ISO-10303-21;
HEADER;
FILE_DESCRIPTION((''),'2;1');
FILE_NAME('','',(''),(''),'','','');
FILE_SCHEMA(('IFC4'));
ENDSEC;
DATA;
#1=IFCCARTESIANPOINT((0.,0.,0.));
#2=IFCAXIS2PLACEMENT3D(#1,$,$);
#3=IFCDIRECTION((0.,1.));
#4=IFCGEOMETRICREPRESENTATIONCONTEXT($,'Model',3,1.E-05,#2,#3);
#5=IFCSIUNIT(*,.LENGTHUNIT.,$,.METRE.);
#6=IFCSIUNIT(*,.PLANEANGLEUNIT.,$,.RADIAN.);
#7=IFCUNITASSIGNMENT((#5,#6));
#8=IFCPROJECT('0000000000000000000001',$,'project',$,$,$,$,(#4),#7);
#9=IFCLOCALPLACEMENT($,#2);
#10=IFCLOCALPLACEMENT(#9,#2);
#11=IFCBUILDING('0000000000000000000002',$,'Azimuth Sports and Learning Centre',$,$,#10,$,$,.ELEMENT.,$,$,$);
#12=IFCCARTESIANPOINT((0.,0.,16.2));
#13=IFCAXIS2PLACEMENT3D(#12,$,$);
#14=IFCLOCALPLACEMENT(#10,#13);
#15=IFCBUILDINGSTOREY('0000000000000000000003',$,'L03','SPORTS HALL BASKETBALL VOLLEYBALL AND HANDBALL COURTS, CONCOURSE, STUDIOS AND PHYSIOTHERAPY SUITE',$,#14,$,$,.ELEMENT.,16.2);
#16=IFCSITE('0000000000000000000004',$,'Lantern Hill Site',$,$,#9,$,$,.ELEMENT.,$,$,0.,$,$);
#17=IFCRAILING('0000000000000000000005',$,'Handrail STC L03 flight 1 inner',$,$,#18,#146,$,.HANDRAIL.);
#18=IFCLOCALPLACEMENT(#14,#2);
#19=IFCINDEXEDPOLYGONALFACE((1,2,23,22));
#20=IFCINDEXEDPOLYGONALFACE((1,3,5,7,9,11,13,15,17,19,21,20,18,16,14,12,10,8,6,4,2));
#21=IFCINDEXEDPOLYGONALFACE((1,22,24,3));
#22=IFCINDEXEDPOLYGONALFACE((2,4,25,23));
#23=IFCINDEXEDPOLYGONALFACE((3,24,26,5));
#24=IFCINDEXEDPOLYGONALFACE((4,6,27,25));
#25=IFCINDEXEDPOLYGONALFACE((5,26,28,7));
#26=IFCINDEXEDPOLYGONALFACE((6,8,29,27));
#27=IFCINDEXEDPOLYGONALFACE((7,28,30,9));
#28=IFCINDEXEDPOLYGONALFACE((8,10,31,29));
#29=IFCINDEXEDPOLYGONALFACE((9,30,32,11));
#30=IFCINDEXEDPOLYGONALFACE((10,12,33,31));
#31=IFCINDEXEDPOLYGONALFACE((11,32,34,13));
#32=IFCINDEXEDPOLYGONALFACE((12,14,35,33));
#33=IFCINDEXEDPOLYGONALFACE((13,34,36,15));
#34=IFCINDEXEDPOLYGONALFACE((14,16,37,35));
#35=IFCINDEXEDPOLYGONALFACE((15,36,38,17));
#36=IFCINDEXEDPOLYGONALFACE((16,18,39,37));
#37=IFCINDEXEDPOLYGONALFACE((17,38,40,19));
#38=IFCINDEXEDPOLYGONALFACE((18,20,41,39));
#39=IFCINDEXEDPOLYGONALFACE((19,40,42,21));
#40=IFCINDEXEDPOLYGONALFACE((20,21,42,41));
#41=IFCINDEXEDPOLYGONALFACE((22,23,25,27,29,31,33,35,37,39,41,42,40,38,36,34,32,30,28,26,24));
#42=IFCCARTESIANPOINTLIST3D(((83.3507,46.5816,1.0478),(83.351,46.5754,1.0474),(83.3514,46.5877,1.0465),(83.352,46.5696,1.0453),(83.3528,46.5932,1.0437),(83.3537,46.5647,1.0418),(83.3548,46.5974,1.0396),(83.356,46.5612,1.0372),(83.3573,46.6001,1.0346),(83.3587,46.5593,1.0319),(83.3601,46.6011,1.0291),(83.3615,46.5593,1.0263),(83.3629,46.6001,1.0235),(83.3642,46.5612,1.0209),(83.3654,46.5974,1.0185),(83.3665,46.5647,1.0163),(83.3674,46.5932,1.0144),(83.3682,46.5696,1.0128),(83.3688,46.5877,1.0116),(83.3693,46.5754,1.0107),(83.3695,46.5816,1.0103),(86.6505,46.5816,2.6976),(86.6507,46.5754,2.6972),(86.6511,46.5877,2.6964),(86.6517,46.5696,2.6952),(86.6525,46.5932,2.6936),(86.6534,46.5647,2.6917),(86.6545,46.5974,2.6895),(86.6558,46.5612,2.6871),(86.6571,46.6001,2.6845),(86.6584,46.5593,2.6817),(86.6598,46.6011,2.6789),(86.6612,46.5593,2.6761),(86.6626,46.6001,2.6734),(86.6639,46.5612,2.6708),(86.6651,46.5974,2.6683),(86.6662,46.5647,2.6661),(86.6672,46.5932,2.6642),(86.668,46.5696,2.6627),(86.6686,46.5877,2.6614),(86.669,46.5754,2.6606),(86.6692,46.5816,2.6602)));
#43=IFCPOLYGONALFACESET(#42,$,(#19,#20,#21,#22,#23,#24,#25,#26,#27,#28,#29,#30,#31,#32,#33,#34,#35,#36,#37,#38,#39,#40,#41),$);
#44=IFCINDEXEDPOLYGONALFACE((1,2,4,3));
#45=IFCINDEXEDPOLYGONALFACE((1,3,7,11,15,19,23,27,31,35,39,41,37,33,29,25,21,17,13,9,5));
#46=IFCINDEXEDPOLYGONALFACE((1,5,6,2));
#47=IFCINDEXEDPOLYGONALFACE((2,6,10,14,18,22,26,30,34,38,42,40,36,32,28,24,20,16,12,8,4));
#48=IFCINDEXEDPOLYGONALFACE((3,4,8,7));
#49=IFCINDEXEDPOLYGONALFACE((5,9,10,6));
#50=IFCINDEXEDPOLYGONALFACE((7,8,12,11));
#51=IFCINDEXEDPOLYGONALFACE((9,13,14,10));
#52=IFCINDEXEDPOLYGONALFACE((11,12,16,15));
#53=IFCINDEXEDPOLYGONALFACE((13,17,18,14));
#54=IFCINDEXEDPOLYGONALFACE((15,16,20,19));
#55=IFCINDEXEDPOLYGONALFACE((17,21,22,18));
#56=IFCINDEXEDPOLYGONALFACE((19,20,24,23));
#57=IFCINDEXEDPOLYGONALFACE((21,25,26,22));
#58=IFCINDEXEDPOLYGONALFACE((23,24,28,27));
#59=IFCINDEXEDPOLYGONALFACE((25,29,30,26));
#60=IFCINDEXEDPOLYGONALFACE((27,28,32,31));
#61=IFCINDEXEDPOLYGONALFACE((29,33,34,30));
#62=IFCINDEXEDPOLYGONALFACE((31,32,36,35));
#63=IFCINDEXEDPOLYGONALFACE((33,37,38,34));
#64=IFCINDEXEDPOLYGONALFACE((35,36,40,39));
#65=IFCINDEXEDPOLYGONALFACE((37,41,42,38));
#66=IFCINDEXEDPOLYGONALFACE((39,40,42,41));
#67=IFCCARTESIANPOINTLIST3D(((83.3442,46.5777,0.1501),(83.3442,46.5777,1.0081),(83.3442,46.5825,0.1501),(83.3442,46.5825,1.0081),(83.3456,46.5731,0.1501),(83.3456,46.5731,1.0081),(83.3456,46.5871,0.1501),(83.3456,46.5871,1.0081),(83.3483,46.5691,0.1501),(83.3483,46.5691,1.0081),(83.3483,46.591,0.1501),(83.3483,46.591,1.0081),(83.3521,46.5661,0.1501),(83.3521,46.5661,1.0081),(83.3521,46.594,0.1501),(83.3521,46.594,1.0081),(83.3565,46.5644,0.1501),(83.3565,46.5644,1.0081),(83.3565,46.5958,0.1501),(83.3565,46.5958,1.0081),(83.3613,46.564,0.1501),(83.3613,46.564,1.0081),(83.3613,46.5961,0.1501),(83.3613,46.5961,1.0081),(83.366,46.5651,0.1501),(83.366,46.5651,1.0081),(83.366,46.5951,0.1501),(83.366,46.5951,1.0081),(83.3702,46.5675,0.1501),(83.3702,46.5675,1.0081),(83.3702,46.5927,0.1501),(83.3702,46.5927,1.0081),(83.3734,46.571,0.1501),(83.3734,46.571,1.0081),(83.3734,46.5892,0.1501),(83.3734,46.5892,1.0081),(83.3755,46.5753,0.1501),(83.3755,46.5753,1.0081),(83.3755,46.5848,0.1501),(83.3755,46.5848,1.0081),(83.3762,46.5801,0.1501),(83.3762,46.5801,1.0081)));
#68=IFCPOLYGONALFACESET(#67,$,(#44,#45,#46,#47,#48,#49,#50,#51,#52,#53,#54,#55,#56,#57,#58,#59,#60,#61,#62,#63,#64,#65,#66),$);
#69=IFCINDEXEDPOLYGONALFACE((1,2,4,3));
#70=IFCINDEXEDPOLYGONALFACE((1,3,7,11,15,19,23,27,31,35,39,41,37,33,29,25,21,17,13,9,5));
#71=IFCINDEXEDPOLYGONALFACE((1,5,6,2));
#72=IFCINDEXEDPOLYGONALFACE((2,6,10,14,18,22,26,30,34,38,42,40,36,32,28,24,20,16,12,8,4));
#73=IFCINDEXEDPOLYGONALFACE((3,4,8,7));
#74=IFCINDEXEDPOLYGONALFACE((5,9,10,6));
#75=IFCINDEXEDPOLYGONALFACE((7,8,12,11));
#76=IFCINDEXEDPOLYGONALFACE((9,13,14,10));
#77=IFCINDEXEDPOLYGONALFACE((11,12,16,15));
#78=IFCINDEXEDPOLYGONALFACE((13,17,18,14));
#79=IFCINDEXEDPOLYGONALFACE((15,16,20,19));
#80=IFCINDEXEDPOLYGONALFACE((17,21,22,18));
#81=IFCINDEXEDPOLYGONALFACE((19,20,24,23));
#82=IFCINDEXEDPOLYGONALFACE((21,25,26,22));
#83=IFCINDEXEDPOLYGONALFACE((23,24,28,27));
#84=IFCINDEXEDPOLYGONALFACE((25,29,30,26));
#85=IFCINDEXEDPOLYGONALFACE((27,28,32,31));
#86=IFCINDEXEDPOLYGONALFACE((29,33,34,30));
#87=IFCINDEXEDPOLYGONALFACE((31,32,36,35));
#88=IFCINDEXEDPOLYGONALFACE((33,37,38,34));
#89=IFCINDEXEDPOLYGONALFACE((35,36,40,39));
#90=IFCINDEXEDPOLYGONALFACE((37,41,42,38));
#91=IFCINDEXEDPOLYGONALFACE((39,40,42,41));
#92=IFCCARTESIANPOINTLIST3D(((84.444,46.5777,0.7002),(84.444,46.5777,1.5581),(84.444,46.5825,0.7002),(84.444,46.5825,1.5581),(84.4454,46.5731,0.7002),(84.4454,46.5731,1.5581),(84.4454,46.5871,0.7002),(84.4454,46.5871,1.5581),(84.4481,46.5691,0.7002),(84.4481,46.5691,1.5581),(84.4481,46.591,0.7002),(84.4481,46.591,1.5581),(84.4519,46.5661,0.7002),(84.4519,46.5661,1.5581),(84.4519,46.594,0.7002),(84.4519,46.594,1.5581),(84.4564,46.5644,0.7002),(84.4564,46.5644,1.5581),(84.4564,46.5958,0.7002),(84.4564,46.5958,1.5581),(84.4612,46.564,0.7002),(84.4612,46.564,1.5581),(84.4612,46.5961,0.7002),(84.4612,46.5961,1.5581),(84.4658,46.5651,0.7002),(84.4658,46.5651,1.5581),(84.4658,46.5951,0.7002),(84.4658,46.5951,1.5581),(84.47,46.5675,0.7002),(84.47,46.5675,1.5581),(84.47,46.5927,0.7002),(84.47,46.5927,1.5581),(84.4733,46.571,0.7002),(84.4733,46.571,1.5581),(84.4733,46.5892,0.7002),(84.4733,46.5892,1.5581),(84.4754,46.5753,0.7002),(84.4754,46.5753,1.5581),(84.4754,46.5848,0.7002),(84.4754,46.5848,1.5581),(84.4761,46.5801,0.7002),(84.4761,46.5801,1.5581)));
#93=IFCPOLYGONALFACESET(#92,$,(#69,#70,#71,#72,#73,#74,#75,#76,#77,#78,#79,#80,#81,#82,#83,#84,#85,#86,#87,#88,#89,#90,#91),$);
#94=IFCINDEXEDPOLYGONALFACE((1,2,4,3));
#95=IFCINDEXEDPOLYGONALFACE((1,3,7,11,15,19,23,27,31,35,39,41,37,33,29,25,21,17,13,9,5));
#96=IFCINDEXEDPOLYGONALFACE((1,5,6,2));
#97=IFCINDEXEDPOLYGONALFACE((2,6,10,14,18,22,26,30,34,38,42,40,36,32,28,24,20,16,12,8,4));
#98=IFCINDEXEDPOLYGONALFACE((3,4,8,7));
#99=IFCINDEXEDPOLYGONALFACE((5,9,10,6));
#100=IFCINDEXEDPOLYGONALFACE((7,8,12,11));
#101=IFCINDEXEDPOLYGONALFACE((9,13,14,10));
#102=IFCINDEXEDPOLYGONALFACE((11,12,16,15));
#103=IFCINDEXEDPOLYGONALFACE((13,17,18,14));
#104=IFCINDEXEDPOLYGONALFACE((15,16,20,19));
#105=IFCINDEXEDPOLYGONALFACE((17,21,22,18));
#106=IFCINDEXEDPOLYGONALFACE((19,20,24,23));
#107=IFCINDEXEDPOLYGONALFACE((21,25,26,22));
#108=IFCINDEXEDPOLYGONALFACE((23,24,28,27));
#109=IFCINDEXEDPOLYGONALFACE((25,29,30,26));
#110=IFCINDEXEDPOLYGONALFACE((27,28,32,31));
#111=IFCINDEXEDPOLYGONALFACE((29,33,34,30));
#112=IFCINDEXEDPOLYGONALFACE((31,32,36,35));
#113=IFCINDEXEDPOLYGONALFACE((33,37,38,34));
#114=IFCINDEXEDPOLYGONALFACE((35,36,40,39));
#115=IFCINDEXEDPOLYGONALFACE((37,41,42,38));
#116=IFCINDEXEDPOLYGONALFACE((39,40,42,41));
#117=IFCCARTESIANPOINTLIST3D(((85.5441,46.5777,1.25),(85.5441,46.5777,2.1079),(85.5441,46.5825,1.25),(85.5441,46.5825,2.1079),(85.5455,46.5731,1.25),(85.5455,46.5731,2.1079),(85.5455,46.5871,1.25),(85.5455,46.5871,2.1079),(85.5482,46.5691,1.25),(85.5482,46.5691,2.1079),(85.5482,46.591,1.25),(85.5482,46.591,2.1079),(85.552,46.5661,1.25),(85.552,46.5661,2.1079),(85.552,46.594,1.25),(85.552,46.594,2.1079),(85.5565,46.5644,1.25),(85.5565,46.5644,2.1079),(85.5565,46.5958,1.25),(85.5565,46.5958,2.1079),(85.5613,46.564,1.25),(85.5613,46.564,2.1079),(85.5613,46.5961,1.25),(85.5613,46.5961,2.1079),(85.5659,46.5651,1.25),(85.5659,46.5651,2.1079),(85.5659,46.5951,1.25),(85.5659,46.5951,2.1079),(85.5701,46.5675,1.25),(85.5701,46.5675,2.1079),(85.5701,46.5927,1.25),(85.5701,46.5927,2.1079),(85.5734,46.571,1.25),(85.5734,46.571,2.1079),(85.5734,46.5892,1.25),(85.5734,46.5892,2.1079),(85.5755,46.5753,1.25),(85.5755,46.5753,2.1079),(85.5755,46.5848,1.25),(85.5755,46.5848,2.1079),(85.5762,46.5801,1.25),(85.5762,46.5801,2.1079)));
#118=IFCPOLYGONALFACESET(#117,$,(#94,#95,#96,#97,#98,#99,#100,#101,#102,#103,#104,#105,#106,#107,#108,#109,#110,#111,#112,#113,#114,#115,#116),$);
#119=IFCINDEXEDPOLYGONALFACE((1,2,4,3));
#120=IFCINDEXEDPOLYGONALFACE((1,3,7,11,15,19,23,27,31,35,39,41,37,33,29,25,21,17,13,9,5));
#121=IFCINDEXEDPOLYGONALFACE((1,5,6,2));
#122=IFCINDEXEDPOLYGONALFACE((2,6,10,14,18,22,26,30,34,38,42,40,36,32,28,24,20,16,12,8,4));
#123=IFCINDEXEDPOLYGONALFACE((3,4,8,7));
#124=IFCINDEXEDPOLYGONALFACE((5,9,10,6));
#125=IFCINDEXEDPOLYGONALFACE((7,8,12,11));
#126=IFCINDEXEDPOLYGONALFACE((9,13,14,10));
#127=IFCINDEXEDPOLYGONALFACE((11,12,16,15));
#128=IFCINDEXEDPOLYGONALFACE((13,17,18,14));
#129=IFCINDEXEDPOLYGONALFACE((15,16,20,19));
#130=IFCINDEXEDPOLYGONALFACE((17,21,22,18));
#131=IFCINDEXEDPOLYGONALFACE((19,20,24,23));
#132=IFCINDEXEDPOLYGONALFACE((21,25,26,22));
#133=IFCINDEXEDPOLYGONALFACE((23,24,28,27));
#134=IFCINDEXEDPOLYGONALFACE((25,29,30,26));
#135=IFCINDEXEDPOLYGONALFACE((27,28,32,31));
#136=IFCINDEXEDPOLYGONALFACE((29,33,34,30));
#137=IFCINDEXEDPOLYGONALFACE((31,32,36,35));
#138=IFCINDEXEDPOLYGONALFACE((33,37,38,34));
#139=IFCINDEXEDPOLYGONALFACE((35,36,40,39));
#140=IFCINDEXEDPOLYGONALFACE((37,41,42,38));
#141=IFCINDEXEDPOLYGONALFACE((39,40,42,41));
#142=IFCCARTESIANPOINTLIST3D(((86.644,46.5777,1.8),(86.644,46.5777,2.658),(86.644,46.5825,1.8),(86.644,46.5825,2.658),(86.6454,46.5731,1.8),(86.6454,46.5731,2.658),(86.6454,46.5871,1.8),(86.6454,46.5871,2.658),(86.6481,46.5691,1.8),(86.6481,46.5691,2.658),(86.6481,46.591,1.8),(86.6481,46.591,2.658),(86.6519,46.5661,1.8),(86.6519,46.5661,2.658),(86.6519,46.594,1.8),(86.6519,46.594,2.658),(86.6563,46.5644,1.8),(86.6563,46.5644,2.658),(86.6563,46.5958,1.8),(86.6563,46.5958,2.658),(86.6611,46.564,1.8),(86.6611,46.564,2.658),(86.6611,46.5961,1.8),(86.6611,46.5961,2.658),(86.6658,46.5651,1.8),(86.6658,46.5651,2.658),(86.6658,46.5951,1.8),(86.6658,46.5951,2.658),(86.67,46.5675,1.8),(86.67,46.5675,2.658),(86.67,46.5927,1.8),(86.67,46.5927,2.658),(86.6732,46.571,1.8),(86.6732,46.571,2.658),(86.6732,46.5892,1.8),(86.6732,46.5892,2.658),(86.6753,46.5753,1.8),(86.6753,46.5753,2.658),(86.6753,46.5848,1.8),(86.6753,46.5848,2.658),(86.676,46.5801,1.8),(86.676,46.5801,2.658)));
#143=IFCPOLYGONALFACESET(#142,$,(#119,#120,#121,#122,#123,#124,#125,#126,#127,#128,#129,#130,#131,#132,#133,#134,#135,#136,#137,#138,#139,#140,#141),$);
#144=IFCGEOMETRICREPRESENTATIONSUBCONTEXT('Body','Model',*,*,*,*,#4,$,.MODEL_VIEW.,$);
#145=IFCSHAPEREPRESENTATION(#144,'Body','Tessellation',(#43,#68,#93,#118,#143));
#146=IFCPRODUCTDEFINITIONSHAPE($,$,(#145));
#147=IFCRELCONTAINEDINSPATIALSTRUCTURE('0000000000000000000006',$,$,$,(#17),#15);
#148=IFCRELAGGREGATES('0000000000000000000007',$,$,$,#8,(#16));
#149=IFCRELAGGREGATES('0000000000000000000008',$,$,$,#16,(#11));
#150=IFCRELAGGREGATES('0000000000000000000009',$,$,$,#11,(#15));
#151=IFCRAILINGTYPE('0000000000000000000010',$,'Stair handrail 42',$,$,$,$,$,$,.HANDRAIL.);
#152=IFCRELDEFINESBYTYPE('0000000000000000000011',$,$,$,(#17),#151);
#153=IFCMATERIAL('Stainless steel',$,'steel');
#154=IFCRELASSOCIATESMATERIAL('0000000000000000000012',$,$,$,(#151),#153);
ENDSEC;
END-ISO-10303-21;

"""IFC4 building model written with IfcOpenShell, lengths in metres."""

from ifc_helpers import new_model, si_unit, direction, frame, origin, origin_2d, place, context, subcontext, project, spatial, circle, extrude, material, type_object, element, save


model = new_model("IFC4")

# Units and contexts
model_context = context("Model", 3, precision=1e-05, world=origin(), true_north=direction((0.0, 1.0)))
body_context = subcontext(model_context, "Body", "Model", "MODEL_VIEW")
ifc_project = project(units=[si_unit("LENGTHUNIT", "METRE"), si_unit("PLANEANGLEUNIT", "RADIAN")], contexts=[model_context])

# Site, building, storey
site_placement = place(None, origin())
site = spatial("IfcSite", under=ifc_project, at=site_placement, Name="Lantern Hill Site", CompositionType="ELEMENT", RefElevation=0.0)
building_placement = place(site_placement, origin())
building = spatial("IfcBuilding", under=site, at=building_placement, Name="Azimuth Sports and Learning Centre", CompositionType="ELEMENT")
storey_placement = place(building_placement, frame((0.0, 0.0, 16.2)))
storey = spatial("IfcBuildingStorey", under=building, at=storey_placement, Name="L03", Description="SPORTS HALL BASKETBALL VOLLEYBALL AND HANDBALL COURTS, CONCOURSE, STUDIOS AND PHYSIOTHERAPY SUITE", CompositionType="ELEMENT", Elevation=16.2)

# Railing
ifc_material_1 = material(Name="Stainless steel", Category="steel")
railing_type_1 = type_object("IfcRailingType", Name="Stair handrail 42", PredefinedType="HANDRAIL", material=ifc_material_1)
railing_1_placement = place(storey_placement, frame((83.3601, 46.5801, 0.1501)))
element("IfcRailing", 1, at=railing_1_placement, inside=storey, type_object=railing_type_1, Name="Handrail STC L03 flight 1 inner", PredefinedType="HANDRAIL", context=body_context, shape_type="SweptSolid", body=[
    extrude(circle(Radius=0.021, at=origin_2d()), frame((0.0, 0.0, 0.8789), z_axis=(0.894427, 0.0, 0.447214), x_axis=(0.0, 1.0, 0.0)), (0.0, 0.0, 1.0), 3.6892),
    extrude(circle(Radius=0.0161, at=origin_2d()), origin(), (0.0, 0.0, 1.0), 0.8579),
    extrude(circle(Radius=0.0161, at=origin_2d()), frame((1.0999, 0.0, 0.55)), (0.0, 0.0, 1.0), 0.8579),
    extrude(circle(Radius=0.0161, at=origin_2d()), frame((2.2, 0.0, 1.0999)), (0.0, 0.0, 1.0), 0.8579),
    extrude(circle(Radius=0.0161, at=origin_2d()), frame((3.2998, 0.0, 1.6499)), (0.0, 0.0, 1.0), 0.8579),
])

save(model, "model.ifc")
